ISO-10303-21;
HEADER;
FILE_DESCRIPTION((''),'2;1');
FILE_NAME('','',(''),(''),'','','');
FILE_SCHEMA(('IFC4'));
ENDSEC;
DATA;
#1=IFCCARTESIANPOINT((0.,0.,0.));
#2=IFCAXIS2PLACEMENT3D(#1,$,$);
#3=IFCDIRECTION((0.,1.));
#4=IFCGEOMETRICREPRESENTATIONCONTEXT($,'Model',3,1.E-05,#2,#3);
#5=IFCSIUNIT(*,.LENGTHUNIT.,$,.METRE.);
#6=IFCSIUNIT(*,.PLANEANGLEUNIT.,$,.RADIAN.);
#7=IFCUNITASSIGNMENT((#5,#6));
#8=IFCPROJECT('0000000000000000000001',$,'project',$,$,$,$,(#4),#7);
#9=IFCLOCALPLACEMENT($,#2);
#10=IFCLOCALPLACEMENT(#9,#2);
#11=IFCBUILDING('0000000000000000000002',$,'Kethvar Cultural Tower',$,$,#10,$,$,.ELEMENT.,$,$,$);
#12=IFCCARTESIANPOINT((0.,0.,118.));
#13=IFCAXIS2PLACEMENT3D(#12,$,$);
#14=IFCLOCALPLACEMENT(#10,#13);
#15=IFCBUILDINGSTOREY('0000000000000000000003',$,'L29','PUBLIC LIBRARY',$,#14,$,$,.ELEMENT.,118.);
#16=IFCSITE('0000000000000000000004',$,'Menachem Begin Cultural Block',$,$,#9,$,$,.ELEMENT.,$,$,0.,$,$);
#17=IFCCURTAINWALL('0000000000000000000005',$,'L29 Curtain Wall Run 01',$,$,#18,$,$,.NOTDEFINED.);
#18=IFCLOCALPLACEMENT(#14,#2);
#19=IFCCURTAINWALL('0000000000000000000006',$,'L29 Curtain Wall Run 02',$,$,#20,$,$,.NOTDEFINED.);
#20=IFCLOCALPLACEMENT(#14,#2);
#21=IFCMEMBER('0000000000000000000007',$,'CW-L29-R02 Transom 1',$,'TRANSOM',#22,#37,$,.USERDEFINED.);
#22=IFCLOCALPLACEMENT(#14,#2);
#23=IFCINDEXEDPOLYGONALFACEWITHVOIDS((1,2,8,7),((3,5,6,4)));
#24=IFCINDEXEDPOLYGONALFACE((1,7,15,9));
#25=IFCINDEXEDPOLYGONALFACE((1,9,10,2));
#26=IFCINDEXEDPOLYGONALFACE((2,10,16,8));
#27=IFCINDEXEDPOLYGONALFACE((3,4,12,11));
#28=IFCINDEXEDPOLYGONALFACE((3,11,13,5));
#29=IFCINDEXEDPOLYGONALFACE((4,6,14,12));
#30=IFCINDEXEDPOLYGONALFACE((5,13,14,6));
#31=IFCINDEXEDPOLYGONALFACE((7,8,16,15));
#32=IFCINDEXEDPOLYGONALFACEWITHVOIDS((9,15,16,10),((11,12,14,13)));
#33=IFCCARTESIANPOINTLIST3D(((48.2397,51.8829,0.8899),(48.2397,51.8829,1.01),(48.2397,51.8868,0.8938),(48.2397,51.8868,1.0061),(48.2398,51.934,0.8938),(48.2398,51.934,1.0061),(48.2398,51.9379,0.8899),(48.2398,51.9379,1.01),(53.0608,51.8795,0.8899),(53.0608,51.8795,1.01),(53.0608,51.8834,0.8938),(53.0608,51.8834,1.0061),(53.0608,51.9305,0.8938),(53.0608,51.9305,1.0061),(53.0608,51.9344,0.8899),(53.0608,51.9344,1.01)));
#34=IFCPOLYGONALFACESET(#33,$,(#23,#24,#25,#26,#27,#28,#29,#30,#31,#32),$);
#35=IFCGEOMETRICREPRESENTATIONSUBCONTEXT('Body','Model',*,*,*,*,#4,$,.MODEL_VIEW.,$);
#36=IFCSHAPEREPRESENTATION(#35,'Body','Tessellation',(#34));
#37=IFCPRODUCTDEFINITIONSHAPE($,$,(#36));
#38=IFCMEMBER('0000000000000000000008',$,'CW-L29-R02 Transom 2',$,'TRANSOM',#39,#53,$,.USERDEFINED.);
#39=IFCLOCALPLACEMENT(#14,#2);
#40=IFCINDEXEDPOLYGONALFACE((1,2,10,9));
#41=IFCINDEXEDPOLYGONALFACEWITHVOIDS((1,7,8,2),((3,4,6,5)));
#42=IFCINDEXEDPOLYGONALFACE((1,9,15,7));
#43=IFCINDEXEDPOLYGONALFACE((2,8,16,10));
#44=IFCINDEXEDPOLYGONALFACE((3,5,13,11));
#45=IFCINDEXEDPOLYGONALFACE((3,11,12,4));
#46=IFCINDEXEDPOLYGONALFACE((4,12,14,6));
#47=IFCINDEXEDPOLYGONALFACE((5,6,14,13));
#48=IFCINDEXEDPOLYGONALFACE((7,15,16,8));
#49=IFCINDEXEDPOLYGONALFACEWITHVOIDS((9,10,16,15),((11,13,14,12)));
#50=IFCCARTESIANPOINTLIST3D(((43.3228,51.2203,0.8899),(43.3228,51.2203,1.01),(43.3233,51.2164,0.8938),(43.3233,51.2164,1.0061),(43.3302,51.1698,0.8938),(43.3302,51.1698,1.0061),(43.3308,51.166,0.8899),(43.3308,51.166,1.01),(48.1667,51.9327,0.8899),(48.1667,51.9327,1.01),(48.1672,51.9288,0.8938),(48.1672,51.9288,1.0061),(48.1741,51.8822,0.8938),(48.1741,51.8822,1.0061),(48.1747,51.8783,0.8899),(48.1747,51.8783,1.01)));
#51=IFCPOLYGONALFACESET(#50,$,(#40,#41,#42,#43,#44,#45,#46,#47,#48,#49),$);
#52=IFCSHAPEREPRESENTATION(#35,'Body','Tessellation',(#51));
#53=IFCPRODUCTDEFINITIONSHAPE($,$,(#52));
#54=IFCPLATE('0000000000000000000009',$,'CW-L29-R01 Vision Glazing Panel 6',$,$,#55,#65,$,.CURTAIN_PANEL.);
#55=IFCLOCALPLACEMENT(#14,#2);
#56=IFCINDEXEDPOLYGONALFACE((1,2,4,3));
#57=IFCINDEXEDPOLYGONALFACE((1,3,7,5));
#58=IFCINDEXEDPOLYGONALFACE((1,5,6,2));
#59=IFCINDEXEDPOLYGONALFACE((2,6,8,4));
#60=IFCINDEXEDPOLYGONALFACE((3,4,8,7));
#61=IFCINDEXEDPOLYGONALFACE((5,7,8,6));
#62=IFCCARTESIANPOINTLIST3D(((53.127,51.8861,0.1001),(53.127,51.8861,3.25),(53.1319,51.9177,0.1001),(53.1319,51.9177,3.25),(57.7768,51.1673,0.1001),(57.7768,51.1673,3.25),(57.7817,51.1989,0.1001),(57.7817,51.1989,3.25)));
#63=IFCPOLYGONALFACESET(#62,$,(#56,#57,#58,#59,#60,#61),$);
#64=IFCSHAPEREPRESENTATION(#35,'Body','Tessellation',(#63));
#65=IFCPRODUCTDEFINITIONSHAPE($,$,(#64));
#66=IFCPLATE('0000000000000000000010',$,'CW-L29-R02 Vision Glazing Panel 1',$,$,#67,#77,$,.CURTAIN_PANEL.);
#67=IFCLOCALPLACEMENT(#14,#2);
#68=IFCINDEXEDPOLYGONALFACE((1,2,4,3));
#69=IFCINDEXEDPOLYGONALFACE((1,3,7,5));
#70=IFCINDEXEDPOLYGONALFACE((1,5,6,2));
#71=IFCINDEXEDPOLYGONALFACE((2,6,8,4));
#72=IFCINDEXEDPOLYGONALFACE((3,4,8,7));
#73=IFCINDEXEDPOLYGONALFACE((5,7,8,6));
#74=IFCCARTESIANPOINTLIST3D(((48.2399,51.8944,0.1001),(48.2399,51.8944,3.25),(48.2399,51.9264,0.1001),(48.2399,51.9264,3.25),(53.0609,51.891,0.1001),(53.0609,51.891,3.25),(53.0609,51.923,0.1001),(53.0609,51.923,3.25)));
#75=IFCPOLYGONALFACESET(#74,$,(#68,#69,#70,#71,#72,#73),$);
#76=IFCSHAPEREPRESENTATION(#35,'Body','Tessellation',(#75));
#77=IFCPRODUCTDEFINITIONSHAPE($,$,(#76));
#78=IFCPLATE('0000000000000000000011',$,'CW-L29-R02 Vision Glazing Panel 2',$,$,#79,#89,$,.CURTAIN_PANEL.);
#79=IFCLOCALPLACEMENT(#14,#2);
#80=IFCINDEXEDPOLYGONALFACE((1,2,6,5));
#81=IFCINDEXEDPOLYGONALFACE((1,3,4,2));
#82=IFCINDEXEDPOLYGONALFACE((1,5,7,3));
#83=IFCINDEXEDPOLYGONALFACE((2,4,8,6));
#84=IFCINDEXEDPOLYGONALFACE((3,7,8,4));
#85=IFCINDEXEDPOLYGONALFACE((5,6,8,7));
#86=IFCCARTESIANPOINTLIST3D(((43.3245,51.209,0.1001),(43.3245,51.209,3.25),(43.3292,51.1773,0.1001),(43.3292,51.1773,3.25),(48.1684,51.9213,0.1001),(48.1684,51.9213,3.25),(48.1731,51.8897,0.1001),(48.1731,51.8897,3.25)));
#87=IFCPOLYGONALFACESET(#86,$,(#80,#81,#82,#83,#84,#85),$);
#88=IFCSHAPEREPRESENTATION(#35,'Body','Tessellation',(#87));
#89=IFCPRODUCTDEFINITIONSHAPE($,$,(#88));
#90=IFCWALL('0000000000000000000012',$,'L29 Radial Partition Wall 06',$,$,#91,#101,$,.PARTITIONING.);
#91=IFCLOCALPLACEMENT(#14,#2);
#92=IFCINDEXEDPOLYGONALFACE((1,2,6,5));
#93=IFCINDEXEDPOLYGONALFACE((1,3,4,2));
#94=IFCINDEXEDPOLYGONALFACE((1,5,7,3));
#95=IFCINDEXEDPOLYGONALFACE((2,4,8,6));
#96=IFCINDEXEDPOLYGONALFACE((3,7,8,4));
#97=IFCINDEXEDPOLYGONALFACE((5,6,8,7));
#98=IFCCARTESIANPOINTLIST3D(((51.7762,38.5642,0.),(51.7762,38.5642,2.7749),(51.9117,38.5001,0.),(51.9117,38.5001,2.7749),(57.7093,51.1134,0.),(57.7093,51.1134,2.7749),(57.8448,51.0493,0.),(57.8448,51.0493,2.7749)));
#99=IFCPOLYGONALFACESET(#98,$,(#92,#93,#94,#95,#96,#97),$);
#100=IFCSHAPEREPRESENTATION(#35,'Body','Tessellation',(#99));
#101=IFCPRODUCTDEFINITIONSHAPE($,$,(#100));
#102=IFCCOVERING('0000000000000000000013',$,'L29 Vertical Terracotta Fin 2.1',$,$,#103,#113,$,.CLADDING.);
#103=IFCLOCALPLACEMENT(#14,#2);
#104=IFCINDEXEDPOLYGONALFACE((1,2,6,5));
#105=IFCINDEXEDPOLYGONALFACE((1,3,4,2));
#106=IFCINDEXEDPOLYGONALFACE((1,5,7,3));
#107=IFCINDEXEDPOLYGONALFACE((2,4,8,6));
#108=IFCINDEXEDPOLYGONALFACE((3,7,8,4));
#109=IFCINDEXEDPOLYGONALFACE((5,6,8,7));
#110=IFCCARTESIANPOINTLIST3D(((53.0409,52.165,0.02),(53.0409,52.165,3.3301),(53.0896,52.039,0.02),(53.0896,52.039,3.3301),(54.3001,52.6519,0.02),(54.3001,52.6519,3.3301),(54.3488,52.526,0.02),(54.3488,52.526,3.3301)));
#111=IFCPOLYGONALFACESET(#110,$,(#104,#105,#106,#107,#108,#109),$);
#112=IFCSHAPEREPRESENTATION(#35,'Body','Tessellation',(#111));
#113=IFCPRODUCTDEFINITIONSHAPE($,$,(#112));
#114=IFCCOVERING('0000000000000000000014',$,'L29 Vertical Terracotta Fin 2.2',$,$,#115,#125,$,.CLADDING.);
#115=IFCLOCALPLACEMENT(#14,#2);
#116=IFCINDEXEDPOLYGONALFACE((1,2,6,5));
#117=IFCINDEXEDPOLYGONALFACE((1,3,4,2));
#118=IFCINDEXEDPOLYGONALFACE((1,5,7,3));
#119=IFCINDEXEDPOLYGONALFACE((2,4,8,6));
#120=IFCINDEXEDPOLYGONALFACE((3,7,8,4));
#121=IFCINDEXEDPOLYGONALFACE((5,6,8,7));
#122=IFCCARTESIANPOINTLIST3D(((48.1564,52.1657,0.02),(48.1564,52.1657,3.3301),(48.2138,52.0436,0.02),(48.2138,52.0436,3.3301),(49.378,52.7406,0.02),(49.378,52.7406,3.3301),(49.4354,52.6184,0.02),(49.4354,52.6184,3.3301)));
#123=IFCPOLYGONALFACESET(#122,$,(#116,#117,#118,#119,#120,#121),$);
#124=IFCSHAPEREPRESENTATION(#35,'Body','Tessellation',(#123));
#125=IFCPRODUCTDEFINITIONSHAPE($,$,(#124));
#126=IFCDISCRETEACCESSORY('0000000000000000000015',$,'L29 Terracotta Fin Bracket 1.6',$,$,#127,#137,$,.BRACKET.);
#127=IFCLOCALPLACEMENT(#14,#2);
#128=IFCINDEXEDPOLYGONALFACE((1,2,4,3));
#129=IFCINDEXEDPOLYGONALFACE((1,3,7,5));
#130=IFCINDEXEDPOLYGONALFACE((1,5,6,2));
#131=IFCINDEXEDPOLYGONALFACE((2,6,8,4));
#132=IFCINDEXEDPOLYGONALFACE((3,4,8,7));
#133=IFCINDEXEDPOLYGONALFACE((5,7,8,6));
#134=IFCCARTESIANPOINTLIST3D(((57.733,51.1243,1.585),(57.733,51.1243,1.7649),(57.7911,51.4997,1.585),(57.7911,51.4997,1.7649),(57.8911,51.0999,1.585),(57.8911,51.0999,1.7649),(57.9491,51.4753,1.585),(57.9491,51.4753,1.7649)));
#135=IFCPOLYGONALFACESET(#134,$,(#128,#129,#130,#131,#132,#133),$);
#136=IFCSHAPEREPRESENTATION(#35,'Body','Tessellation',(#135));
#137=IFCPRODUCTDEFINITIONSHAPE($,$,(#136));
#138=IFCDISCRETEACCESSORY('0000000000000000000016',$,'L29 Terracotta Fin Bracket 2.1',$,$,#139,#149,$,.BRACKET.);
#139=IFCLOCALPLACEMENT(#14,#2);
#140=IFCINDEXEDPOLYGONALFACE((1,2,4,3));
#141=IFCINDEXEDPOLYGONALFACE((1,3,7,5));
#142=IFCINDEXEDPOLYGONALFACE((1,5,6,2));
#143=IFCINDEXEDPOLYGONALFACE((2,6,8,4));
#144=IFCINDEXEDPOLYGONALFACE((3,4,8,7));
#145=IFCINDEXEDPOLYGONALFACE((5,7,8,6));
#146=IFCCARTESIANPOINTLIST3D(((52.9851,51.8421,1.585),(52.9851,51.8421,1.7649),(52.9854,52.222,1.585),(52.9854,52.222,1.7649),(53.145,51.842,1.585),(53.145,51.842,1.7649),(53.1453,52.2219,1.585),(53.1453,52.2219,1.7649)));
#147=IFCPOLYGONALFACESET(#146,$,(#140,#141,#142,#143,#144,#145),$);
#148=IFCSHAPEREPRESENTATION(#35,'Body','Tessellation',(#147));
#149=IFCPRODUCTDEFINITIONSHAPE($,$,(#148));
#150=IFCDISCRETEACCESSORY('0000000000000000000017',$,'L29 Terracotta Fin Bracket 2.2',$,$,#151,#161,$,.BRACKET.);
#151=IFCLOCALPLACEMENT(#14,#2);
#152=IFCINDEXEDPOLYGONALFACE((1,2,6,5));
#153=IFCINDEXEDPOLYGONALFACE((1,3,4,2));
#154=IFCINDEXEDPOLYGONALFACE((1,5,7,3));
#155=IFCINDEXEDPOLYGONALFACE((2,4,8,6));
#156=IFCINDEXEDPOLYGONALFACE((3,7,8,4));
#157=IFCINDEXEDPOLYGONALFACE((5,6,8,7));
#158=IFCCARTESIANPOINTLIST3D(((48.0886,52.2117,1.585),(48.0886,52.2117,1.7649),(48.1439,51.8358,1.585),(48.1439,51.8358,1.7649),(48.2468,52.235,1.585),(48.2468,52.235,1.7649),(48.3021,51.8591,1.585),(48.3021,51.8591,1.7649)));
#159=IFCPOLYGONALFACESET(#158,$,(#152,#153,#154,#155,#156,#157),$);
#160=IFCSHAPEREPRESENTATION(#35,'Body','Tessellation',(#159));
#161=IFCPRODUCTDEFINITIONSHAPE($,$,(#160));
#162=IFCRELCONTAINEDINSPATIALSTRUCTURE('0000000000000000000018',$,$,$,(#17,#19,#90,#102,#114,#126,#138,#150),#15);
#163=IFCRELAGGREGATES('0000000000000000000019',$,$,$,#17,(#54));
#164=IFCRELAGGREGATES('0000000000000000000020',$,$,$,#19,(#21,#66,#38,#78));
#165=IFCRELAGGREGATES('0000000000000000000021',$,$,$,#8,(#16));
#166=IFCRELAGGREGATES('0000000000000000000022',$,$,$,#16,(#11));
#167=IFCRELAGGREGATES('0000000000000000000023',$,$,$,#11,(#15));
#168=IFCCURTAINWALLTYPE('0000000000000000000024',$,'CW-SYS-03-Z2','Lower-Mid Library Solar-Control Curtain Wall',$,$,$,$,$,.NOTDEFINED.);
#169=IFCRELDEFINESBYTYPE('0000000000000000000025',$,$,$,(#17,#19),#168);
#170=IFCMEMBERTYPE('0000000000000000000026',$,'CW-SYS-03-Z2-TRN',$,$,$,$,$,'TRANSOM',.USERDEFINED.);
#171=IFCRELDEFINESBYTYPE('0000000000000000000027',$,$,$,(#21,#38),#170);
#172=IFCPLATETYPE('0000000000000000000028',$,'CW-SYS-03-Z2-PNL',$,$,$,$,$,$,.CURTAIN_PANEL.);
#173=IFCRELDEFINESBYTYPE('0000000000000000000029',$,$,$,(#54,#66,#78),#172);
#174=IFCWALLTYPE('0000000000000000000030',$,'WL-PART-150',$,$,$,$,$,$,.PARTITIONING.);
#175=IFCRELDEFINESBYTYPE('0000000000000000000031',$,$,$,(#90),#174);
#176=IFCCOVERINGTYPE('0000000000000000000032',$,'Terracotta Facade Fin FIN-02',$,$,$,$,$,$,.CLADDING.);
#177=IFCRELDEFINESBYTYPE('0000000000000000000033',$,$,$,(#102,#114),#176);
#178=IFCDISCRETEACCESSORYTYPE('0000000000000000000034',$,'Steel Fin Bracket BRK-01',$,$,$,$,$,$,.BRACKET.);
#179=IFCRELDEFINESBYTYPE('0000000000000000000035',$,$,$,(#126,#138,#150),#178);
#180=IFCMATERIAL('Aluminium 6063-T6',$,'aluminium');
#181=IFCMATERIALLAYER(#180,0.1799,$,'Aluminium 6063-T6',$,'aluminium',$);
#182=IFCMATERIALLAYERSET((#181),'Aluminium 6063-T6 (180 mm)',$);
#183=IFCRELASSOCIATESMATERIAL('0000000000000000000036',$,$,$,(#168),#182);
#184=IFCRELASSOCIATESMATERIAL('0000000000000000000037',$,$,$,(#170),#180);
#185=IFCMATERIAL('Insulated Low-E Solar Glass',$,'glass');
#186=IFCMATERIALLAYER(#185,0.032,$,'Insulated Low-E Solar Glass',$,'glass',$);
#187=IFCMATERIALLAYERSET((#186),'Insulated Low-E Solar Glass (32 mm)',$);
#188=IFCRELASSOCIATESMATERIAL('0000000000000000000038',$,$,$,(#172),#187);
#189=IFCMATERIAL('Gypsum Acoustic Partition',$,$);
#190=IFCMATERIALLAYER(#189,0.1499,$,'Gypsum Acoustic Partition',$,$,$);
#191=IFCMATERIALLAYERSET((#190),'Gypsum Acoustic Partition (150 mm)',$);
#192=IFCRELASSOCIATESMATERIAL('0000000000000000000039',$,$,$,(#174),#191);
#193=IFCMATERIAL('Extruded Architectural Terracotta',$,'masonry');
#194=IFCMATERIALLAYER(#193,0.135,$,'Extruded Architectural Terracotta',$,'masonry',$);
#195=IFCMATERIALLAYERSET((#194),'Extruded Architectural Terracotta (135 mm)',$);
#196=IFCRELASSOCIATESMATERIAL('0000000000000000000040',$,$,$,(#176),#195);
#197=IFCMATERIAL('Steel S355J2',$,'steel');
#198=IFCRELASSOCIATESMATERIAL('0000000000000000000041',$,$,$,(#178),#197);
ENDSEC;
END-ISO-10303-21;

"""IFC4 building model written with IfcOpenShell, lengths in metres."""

from ifc_helpers import new_model, si_unit, direction, frame, frame_2d, origin, origin_2d, place, context, subcontext, project, spatial, rectangle, hollow_rectangle, extrude, source, transform, mapped, material, layer, layer_set, material_profile, profile_set, type_object, element, aggregate, save


model = new_model("IFC4")

# Units and contexts
model_context = context("Model", 3, precision=1e-05, world=origin(), true_north=direction((0.0, 1.0)))
body_context = subcontext(model_context, "Body", "Model", "MODEL_VIEW")
ifc_project = project(units=[si_unit("LENGTHUNIT", "METRE"), si_unit("PLANEANGLEUNIT", "RADIAN")], contexts=[model_context])

# Site, building, storey
site_placement = place(None, origin())
site = spatial("IfcSite", under=ifc_project, at=site_placement, Name="Menachem Begin Cultural Block", CompositionType="ELEMENT", RefElevation=0.0)
building_placement = place(site_placement, origin())
building = spatial("IfcBuilding", under=site, at=building_placement, Name="Kethvar Cultural Tower", CompositionType="ELEMENT")
storey_placement = place(building_placement, frame((0.0, 0.0, 118.0)))
storey = spatial("IfcBuildingStorey", under=building, at=storey_placement, Name="L29", Description="PUBLIC LIBRARY", CompositionType="ELEMENT", Elevation=118.0)

# Shared definitions
ifc_material_1 = material(Name="Steel S355J2", Category="steel")

# Curtain walls
ifc_material_2 = material(Name="Aluminium 6063-T6", Category="aluminium")
ifc_layer_1 = layer(ifc_material_2, 0.1799, Name="Aluminium 6063-T6", Category="aluminium")
ifc_layer_set_1 = layer_set([ifc_layer_1], Name="Aluminium 6063-T6 (180 mm)")
curtain_wall_type = type_object("IfcCurtainWallType", Name="CW-SYS-03-Z2", Description="Lower-Mid Library Solar-Control Curtain Wall", PredefinedType="NOTDEFINED", material=ifc_layer_set_1)
curtain_wall_1_placement = place(storey_placement, origin())
curtain_wall_1 = element("IfcCurtainWall", 1, at=curtain_wall_1_placement, inside=storey, type_object=curtain_wall_type, Name="L29 Curtain Wall Run 01", PredefinedType="NOTDEFINED")
curtain_wall_2_placement = place(storey_placement, origin())
curtain_wall_2 = element("IfcCurtainWall", 2, at=curtain_wall_2_placement, inside=storey, type_object=curtain_wall_type, Name="L29 Curtain Wall Run 02", PredefinedType="NOTDEFINED")

# Members
ifc_material_profile_1 = material_profile(ifc_material_2, hollow_rectangle(XDim=0.0549, YDim=0.1201, WallThickness=0.0039, at=origin_2d()), Name="Aluminium 6063-T6 — RHS120x55x4")
ifc_profile_set_1 = profile_set([ifc_material_profile_1], Name="Aluminium 6063-T6 — RHS120x55x4")
member_type_1 = type_object("IfcMemberType", Name="CW-SYS-03-Z2-TRN", ElementType="TRANSOM", PredefinedType="USERDEFINED", material=ifc_profile_set_1)
shared_shape_1 = source(origin(), body_context, "Body", "SweptSolid", [
    extrude(hollow_rectangle(XDim=0.0549, YDim=0.1201, WallThickness=0.0039, at=origin_2d()), origin(), (0.0, 0.0, 1.0), 4.821),
])
member_1_placement = place(storey_placement, frame((53.0608, 51.907, 0.95), z_axis=(-1.0, 0.000709, 0.0), x_axis=(-0.000709, -1.0, 0.0)))
member_1 = element("IfcMember", 3, at=member_1_placement, type_object=member_type_1, Name="CW-L29-R02 Transom 1", ObjectType="TRANSOM", PredefinedType="USERDEFINED", context=body_context, shape_type="MappedRepresentation", body=[
    mapped(shared_shape_1, transform((0.0, 0.0, 0.0), scale=1.0)),
])
shared_shape_2 = source(origin(), body_context, "Body", "SweptSolid", [
    extrude(hollow_rectangle(XDim=0.0549, YDim=0.1201, WallThickness=0.0039, at=origin_2d()), origin(), (0.0, 0.0, 1.0), 4.896),
])
member_2_placement = place(storey_placement, frame((48.1707, 51.9055, 0.95), z_axis=(-0.989358, -0.145504, 0.0), x_axis=(0.145504, -0.989358, 0.0)))
member_2 = element("IfcMember", 4, at=member_2_placement, type_object=member_type_1, Name="CW-L29-R02 Transom 2", ObjectType="TRANSOM", PredefinedType="USERDEFINED", context=body_context, shape_type="MappedRepresentation", body=[
    mapped(shared_shape_2, transform((0.0, 0.0, 0.0), scale=1.0)),
])

# Plates
ifc_material_3 = material(Name="Insulated Low-E Solar Glass", Category="glass")
ifc_layer_2 = layer(ifc_material_3, 0.032, Name="Insulated Low-E Solar Glass", Category="glass")
ifc_layer_set_2 = layer_set([ifc_layer_2], Name="Insulated Low-E Solar Glass (32 mm)")
plate_type = type_object("IfcPlateType", Name="CW-SYS-03-Z2-PNL", PredefinedType="CURTAIN_PANEL", material=ifc_layer_set_2)
shared_shape_3 = source(origin(), body_context, "Body", "SweptSolid", [
    extrude(rectangle(XDim=4.7051, YDim=0.032, at=origin_2d()), origin(), (0.0, 0.0, 1.0), 3.1499),
])
plate_1_placement = place(storey_placement, frame((55.4543, 51.5425, 0.1001), z_axis=(0.0, 0.0, 1.0), x_axis=(-0.988263, 0.152762, 0.0)))
plate_1 = element("IfcPlate", 5, at=plate_1_placement, type_object=plate_type, Name="CW-L29-R01 Vision Glazing Panel 6", PredefinedType="CURTAIN_PANEL", context=body_context, shape_type="MappedRepresentation", body=[
    mapped(shared_shape_3, transform((0.0, 0.0, 0.0), scale=1.0)),
])
aggregate(curtain_wall_1, [plate_1])
shared_shape_4 = source(origin(), body_context, "Body", "SweptSolid", [
    extrude(rectangle(XDim=4.821, YDim=0.032, at=origin_2d()), origin(), (0.0, 0.0, 1.0), 3.1499),
])
plate_2_placement = place(storey_placement, frame((50.6504, 51.9087, 0.1001), z_axis=(0.0, 0.0, 1.0), x_axis=(-1.0, 0.000698, 0.0)))
plate_2 = element("IfcPlate", 6, at=plate_2_placement, type_object=plate_type, Name="CW-L29-R02 Vision Glazing Panel 1", PredefinedType="CURTAIN_PANEL", context=body_context, shape_type="MappedRepresentation", body=[
    mapped(shared_shape_4, transform((0.0, 0.0, 0.0), scale=1.0)),
])
shared_shape_5 = source(origin(), body_context, "Body", "SweptSolid", [
    extrude(rectangle(XDim=4.896, YDim=0.032, at=origin_2d()), origin(), (0.0, 0.0, 1.0), 3.1499),
])
plate_3_placement = place(storey_placement, frame((45.7488, 51.5493, 0.1001), z_axis=(0.0, 0.0, 1.0), x_axis=(-0.989359, -0.145496, 0.0)))
plate_3 = element("IfcPlate", 7, at=plate_3_placement, type_object=plate_type, Name="CW-L29-R02 Vision Glazing Panel 2", PredefinedType="CURTAIN_PANEL", context=body_context, shape_type="MappedRepresentation", body=[
    mapped(shared_shape_5, transform((0.0, 0.0, 0.0), scale=1.0)),
])
aggregate(curtain_wall_2, [member_1, plate_2, member_2, plate_3])

# Wall
ifc_material_4 = material(Name="Gypsum Acoustic Partition")
ifc_layer_3 = layer(ifc_material_4, 0.1499, Name="Gypsum Acoustic Partition")
ifc_layer_set_3 = layer_set([ifc_layer_3], Name="Gypsum Acoustic Partition (150 mm)")
wall_type_1 = type_object("IfcWallType", Name="WL-PART-150", PredefinedType="PARTITIONING", material=ifc_layer_set_3)
wall_1_placement = place(storey_placement, frame((51.844, 38.5322, 0.0), z_axis=(0.0, 0.0, 1.0), x_axis=(0.427421, 0.904053, 0.0)))
element("IfcWall", 8, at=wall_1_placement, inside=storey, type_object=wall_type_1, Name="L29 Radial Partition Wall 06", PredefinedType="PARTITIONING", context=body_context, shape_type="SweptSolid", body=[
    extrude(rectangle(XDim=13.8811, YDim=0.1499, at=frame_2d((6.9404, 0.0))), origin(), (0.0, 0.0, 1.0), 2.7749),
])

# Coverings
ifc_material_5 = material(Name="Extruded Architectural Terracotta", Category="masonry")
ifc_layer_4 = layer(ifc_material_5, 0.135, Name="Extruded Architectural Terracotta", Category="masonry")
ifc_layer_set_4 = layer_set([ifc_layer_4], Name="Extruded Architectural Terracotta (135 mm)")
covering_type = type_object("IfcCoveringType", Name="Terracotta Facade Fin FIN-02", PredefinedType="CLADDING", material=ifc_layer_set_4)
shared_shape_6 = source(origin(), body_context, "Body", "SweptSolid", [
    extrude(rectangle(XDim=1.3501, YDim=0.135, at=origin_2d()), origin(), (0.0, 0.0, 1.0), 3.3101),
])
for number, where, z_axis, x_axis, name in (
    (9, (53.6948, 52.3455, 0.02), (0.0, 0.0, 1.0), (0.932702, 0.360648, 0.0), "L29 Vertical Terracotta Fin 2.1"),
    (10, (48.7959, 52.3921, 0.02), (0.0, 0.0, 1.0), (0.904827, 0.425779, 0.0), "L29 Vertical Terracotta Fin 2.2"),
):
    element("IfcCovering", number, at=place(storey_placement, frame(where, z_axis=z_axis, x_axis=x_axis)), inside=storey, type_object=covering_type, Name=name, PredefinedType="CLADDING", context=body_context, shape_type="MappedRepresentation", body=[
        mapped(shared_shape_6, transform((0.0, 0.0, 0.0), scale=1.0)),
    ])

# Discrete accessories
discrete_accessory_type = type_object("IfcDiscreteAccessoryType", Name="Steel Fin Bracket BRK-01", PredefinedType="BRACKET", material=ifc_material_1)
shared_shape_7 = source(origin(), body_context, "Body", "SweptSolid", [
    extrude(rectangle(XDim=0.3799, YDim=0.1599, at=origin_2d()), origin(), (0.0, 0.0, 1.0), 0.1799),
])
for number, where, z_axis, x_axis, name in (
    (11, (57.8411, 51.2998, 1.585), (0.0, 0.0, 1.0), (0.152813, 0.988255, 0.0), "L29 Terracotta Fin Bracket 1.6"),
    (12, (53.0652, 52.032, 1.585), (0.0, 0.0, 1.0), (0.000698, 1.0, 0.0), "L29 Terracotta Fin Bracket 2.1"),
    (13, (48.1953, 52.0354, 1.585), (0.0, 0.0, 1.0), (-0.145565, 0.989349, 0.0), "L29 Terracotta Fin Bracket 2.2"),
):
    element("IfcDiscreteAccessory", number, at=place(storey_placement, frame(where, z_axis=z_axis, x_axis=x_axis)), inside=storey, type_object=discrete_accessory_type, Name=name, PredefinedType="BRACKET", context=body_context, shape_type="MappedRepresentation", body=[
        mapped(shared_shape_7, transform((0.0, 0.0, 0.0), scale=1.0)),
    ])

save(model, "model.ifc")
